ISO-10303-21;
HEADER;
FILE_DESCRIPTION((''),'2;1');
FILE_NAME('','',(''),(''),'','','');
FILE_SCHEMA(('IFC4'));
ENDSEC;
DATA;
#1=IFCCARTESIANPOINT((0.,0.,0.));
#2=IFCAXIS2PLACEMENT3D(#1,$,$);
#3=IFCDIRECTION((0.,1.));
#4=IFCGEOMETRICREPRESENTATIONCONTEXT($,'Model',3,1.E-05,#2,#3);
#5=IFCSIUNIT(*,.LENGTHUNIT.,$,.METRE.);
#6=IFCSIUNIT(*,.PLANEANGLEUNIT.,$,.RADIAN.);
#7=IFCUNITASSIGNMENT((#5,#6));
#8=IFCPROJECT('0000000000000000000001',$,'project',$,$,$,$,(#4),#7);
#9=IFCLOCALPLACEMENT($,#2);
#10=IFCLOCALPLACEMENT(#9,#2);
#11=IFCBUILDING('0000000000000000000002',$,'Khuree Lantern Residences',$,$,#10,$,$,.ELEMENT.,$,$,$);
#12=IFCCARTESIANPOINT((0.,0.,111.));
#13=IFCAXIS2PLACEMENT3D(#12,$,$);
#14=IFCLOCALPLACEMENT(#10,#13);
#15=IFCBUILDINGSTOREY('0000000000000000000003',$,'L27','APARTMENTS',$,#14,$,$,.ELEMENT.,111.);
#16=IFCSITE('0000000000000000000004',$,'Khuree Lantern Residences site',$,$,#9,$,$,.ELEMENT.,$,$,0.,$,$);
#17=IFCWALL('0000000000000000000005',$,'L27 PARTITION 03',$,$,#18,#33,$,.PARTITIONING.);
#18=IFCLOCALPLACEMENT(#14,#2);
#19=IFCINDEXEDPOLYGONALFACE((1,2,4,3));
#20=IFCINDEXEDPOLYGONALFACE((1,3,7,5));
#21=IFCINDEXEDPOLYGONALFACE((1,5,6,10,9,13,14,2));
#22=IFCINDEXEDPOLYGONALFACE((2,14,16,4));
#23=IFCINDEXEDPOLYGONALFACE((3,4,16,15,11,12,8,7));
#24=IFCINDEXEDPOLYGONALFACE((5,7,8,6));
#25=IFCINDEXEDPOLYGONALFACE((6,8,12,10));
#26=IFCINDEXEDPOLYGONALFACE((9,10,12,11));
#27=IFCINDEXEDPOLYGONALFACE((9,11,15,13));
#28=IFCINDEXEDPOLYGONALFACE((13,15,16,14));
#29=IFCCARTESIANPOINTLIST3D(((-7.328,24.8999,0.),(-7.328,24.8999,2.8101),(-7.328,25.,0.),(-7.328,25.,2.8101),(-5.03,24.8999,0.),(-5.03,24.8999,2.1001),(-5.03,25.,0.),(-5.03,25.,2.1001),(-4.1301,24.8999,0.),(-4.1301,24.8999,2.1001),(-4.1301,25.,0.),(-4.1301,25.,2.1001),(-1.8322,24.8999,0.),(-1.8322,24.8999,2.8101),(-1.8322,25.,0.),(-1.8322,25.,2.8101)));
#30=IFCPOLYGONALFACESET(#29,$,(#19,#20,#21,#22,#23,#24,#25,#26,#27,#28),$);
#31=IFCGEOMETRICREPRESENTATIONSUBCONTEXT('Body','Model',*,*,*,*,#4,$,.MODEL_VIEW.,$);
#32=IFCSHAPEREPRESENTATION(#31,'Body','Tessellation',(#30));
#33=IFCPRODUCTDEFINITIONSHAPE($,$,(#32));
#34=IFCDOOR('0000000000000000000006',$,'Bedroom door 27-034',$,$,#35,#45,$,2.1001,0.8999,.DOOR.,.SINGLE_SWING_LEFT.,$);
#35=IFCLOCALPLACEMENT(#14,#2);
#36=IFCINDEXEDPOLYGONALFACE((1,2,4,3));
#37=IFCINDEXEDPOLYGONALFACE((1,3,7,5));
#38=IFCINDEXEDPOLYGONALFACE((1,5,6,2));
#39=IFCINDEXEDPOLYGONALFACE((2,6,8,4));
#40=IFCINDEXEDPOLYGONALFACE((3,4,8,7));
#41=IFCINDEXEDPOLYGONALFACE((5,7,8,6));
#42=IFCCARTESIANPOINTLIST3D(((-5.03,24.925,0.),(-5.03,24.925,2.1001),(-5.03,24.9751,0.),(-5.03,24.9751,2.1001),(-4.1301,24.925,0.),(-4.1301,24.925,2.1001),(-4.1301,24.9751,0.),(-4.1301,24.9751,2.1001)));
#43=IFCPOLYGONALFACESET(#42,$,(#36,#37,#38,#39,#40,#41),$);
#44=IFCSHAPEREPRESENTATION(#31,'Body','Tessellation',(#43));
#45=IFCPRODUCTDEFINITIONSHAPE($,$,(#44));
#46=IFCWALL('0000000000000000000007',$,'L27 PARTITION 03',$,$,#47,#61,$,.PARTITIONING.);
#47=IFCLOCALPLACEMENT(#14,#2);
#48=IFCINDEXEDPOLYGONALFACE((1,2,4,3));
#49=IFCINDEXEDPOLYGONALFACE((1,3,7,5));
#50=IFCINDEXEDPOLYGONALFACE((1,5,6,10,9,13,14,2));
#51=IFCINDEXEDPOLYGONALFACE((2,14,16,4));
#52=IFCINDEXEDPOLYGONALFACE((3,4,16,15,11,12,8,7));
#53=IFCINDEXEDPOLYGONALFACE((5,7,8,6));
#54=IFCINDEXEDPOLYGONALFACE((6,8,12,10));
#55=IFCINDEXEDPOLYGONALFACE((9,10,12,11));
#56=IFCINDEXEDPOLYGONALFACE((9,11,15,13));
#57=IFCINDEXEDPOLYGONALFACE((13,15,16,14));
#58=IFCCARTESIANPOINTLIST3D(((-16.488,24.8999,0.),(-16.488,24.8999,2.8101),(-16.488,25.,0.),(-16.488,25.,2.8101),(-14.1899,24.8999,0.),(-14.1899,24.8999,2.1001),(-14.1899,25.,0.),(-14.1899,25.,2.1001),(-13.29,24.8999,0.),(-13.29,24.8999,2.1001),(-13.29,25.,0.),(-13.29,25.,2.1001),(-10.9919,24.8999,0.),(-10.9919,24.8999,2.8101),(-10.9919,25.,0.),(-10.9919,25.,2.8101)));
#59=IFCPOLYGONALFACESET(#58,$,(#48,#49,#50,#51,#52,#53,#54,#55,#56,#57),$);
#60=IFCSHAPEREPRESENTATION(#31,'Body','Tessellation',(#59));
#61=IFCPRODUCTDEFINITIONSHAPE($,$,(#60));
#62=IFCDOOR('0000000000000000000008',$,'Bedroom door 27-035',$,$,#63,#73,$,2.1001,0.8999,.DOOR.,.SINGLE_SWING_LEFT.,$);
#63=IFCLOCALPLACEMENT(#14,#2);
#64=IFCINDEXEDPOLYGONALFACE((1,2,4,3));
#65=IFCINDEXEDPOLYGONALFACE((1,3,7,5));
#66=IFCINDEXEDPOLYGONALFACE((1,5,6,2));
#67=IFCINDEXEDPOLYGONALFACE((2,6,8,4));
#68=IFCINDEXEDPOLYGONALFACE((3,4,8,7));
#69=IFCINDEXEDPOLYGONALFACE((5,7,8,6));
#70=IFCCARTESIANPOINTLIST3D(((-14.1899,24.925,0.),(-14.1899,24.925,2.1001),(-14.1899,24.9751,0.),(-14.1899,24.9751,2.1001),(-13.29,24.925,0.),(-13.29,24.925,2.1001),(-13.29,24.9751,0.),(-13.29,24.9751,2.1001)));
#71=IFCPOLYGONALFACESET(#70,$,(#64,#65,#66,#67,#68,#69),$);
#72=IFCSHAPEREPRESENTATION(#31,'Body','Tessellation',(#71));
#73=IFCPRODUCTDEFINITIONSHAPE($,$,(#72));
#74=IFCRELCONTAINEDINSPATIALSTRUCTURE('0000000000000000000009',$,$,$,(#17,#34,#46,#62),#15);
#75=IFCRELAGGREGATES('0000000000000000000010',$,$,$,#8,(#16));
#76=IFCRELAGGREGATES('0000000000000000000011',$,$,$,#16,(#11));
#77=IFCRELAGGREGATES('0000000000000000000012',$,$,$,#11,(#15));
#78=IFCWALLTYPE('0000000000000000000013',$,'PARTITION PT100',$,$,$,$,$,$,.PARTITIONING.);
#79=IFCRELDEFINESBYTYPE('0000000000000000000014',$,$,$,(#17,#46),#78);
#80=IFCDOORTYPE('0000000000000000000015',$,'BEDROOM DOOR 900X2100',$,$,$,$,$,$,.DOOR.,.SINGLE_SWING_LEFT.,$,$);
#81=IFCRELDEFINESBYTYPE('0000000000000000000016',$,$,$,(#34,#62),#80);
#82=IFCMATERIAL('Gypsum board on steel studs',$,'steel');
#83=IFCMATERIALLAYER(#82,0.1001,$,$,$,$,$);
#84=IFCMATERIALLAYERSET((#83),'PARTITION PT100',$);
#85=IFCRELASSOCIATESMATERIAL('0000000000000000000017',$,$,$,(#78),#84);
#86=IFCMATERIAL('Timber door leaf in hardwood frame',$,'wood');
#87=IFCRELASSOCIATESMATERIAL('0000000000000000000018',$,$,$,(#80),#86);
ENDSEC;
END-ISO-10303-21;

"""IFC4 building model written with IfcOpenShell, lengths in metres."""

from ifc_helpers import new_model, si_unit, direction, frame, frame_2d, origin, place, context, subcontext, project, spatial, rectangle, extrude, material, layer, layer_set, type_object, element, fill, save


model = new_model("IFC4")

# Units and contexts
model_context = context("Model", 3, precision=1e-05, world=origin(), true_north=direction((0.0, 1.0)))
body_context = subcontext(model_context, "Body", "Model", "MODEL_VIEW")
ifc_project = project(units=[si_unit("LENGTHUNIT", "METRE"), si_unit("PLANEANGLEUNIT", "RADIAN")], contexts=[model_context])

# Site, building, storey
site_placement = place(None, origin())
site = spatial("IfcSite", under=ifc_project, at=site_placement, Name="Khuree Lantern Residences site", CompositionType="ELEMENT", RefElevation=0.0)
building_placement = place(site_placement, origin())
building = spatial("IfcBuilding", under=site, at=building_placement, Name="Khuree Lantern Residences", CompositionType="ELEMENT")
storey_placement = place(building_placement, frame((0.0, 0.0, 111.0)))
storey = spatial("IfcBuildingStorey", under=building, at=storey_placement, Name="L27", Description="APARTMENTS", CompositionType="ELEMENT", Elevation=111.0)

# Shared definitions
ifc_material_1 = material(Name="Gypsum board on steel studs", Category="steel")
ifc_layer_1 = layer(ifc_material_1, 0.1001)
ifc_layer_set_1 = layer_set([ifc_layer_1], Name="PARTITION PT100")
wall_type = type_object("IfcWallType", Name="PARTITION PT100", PredefinedType="PARTITIONING", material=ifc_layer_set_1)

# Walls, openings, doors
wall_1_placement = place(storey_placement, frame((-1.832, 24.95, 0.0), z_axis=(0.0, 0.0, 1.0), x_axis=(-1.0, 0.0, 0.0)))
wall_1 = element("IfcWall", 1, at=wall_1_placement, inside=storey, type_object=wall_type, Name="L27 PARTITION 03", PredefinedType="PARTITIONING", context=body_context, shape_type="SweptSolid", body=[
    extrude(rectangle(XDim=5.4958, YDim=0.1001, at=frame_2d((2.748, 0.0))), origin(), (0.0, 0.0, 1.0), 2.8101),
])
opening_1_placement = place(wall_1_placement, frame((2.2981, 0.0, 0.0)))
opening_1 = element("IfcOpeningElement", 2, at=opening_1_placement, cuts=wall_1, PredefinedType="OPENING", context=body_context, shape_type="SweptSolid", body=[
    extrude(rectangle(XDim=0.8999, YDim=2.1001, at=frame_2d((0.45, 1.05))), frame((0.0, 0.0601, 0.0), z_axis=(0.0, -1.0, 0.0), x_axis=(1.0, 0.0, 0.0)), (0.0, 0.0, 1.0), 0.1201),
])
ifc_material_2 = material(Name="Timber door leaf in hardwood frame", Category="wood")
door_type = type_object("IfcDoorType", Name="BEDROOM DOOR 900X2100", OperationType="SINGLE_SWING_LEFT", PredefinedType="DOOR", material=ifc_material_2)
door_1_placement = place(opening_1_placement, origin())
door_1 = element("IfcDoor", 3, at=door_1_placement, inside=storey, type_object=door_type, Name="Bedroom door 27-034", OperationType="SINGLE_SWING_LEFT", OverallHeight=2.1001, OverallWidth=0.8999, PredefinedType="DOOR", context=body_context, shape_type="SweptSolid", body=[
    extrude(rectangle(XDim=0.8999, YDim=2.1001, at=frame_2d((0.45, 1.05))), frame((0.0, 0.0249, 0.0), z_axis=(0.0, -1.0, 0.0), x_axis=(1.0, 0.0, 0.0)), (0.0, 0.0, 1.0), 0.05),
])
fill(opening_1, door_1)
wall_2_placement = place(storey_placement, frame((-10.9919, 24.95, 0.0), z_axis=(0.0, 0.0, 1.0), x_axis=(-1.0, 0.0, 0.0)))
wall_2 = element("IfcWall", 4, at=wall_2_placement, inside=storey, type_object=wall_type, Name="L27 PARTITION 03", PredefinedType="PARTITIONING", context=body_context, shape_type="SweptSolid", body=[
    extrude(rectangle(XDim=5.4961, YDim=0.1001, at=frame_2d((2.748, 0.0))), origin(), (0.0, 0.0, 1.0), 2.8101),
])
opening_2_placement = place(wall_2_placement, frame((2.2981, 0.0, 0.0)))
opening_2 = element("IfcOpeningElement", 5, at=opening_2_placement, cuts=wall_2, PredefinedType="OPENING", context=body_context, shape_type="SweptSolid", body=[
    extrude(rectangle(XDim=0.8999, YDim=2.1001, at=frame_2d((0.45, 1.05))), frame((0.0, 0.0601, 0.0), z_axis=(0.0, -1.0, 0.0), x_axis=(1.0, 0.0, 0.0)), (0.0, 0.0, 1.0), 0.1201),
])
door_2_placement = place(opening_2_placement, origin())
door_2 = element("IfcDoor", 6, at=door_2_placement, inside=storey, type_object=door_type, Name="Bedroom door 27-035", OperationType="SINGLE_SWING_LEFT", OverallHeight=2.1001, OverallWidth=0.8999, PredefinedType="DOOR", context=body_context, shape_type="SweptSolid", body=[
    extrude(rectangle(XDim=0.8999, YDim=2.1001, at=frame_2d((0.45, 1.05))), frame((0.0, 0.0249, 0.0), z_axis=(0.0, -1.0, 0.0), x_axis=(1.0, 0.0, 0.0)), (0.0, 0.0, 1.0), 0.05),
])
fill(opening_2, door_2)

save(model, "model.ifc")
